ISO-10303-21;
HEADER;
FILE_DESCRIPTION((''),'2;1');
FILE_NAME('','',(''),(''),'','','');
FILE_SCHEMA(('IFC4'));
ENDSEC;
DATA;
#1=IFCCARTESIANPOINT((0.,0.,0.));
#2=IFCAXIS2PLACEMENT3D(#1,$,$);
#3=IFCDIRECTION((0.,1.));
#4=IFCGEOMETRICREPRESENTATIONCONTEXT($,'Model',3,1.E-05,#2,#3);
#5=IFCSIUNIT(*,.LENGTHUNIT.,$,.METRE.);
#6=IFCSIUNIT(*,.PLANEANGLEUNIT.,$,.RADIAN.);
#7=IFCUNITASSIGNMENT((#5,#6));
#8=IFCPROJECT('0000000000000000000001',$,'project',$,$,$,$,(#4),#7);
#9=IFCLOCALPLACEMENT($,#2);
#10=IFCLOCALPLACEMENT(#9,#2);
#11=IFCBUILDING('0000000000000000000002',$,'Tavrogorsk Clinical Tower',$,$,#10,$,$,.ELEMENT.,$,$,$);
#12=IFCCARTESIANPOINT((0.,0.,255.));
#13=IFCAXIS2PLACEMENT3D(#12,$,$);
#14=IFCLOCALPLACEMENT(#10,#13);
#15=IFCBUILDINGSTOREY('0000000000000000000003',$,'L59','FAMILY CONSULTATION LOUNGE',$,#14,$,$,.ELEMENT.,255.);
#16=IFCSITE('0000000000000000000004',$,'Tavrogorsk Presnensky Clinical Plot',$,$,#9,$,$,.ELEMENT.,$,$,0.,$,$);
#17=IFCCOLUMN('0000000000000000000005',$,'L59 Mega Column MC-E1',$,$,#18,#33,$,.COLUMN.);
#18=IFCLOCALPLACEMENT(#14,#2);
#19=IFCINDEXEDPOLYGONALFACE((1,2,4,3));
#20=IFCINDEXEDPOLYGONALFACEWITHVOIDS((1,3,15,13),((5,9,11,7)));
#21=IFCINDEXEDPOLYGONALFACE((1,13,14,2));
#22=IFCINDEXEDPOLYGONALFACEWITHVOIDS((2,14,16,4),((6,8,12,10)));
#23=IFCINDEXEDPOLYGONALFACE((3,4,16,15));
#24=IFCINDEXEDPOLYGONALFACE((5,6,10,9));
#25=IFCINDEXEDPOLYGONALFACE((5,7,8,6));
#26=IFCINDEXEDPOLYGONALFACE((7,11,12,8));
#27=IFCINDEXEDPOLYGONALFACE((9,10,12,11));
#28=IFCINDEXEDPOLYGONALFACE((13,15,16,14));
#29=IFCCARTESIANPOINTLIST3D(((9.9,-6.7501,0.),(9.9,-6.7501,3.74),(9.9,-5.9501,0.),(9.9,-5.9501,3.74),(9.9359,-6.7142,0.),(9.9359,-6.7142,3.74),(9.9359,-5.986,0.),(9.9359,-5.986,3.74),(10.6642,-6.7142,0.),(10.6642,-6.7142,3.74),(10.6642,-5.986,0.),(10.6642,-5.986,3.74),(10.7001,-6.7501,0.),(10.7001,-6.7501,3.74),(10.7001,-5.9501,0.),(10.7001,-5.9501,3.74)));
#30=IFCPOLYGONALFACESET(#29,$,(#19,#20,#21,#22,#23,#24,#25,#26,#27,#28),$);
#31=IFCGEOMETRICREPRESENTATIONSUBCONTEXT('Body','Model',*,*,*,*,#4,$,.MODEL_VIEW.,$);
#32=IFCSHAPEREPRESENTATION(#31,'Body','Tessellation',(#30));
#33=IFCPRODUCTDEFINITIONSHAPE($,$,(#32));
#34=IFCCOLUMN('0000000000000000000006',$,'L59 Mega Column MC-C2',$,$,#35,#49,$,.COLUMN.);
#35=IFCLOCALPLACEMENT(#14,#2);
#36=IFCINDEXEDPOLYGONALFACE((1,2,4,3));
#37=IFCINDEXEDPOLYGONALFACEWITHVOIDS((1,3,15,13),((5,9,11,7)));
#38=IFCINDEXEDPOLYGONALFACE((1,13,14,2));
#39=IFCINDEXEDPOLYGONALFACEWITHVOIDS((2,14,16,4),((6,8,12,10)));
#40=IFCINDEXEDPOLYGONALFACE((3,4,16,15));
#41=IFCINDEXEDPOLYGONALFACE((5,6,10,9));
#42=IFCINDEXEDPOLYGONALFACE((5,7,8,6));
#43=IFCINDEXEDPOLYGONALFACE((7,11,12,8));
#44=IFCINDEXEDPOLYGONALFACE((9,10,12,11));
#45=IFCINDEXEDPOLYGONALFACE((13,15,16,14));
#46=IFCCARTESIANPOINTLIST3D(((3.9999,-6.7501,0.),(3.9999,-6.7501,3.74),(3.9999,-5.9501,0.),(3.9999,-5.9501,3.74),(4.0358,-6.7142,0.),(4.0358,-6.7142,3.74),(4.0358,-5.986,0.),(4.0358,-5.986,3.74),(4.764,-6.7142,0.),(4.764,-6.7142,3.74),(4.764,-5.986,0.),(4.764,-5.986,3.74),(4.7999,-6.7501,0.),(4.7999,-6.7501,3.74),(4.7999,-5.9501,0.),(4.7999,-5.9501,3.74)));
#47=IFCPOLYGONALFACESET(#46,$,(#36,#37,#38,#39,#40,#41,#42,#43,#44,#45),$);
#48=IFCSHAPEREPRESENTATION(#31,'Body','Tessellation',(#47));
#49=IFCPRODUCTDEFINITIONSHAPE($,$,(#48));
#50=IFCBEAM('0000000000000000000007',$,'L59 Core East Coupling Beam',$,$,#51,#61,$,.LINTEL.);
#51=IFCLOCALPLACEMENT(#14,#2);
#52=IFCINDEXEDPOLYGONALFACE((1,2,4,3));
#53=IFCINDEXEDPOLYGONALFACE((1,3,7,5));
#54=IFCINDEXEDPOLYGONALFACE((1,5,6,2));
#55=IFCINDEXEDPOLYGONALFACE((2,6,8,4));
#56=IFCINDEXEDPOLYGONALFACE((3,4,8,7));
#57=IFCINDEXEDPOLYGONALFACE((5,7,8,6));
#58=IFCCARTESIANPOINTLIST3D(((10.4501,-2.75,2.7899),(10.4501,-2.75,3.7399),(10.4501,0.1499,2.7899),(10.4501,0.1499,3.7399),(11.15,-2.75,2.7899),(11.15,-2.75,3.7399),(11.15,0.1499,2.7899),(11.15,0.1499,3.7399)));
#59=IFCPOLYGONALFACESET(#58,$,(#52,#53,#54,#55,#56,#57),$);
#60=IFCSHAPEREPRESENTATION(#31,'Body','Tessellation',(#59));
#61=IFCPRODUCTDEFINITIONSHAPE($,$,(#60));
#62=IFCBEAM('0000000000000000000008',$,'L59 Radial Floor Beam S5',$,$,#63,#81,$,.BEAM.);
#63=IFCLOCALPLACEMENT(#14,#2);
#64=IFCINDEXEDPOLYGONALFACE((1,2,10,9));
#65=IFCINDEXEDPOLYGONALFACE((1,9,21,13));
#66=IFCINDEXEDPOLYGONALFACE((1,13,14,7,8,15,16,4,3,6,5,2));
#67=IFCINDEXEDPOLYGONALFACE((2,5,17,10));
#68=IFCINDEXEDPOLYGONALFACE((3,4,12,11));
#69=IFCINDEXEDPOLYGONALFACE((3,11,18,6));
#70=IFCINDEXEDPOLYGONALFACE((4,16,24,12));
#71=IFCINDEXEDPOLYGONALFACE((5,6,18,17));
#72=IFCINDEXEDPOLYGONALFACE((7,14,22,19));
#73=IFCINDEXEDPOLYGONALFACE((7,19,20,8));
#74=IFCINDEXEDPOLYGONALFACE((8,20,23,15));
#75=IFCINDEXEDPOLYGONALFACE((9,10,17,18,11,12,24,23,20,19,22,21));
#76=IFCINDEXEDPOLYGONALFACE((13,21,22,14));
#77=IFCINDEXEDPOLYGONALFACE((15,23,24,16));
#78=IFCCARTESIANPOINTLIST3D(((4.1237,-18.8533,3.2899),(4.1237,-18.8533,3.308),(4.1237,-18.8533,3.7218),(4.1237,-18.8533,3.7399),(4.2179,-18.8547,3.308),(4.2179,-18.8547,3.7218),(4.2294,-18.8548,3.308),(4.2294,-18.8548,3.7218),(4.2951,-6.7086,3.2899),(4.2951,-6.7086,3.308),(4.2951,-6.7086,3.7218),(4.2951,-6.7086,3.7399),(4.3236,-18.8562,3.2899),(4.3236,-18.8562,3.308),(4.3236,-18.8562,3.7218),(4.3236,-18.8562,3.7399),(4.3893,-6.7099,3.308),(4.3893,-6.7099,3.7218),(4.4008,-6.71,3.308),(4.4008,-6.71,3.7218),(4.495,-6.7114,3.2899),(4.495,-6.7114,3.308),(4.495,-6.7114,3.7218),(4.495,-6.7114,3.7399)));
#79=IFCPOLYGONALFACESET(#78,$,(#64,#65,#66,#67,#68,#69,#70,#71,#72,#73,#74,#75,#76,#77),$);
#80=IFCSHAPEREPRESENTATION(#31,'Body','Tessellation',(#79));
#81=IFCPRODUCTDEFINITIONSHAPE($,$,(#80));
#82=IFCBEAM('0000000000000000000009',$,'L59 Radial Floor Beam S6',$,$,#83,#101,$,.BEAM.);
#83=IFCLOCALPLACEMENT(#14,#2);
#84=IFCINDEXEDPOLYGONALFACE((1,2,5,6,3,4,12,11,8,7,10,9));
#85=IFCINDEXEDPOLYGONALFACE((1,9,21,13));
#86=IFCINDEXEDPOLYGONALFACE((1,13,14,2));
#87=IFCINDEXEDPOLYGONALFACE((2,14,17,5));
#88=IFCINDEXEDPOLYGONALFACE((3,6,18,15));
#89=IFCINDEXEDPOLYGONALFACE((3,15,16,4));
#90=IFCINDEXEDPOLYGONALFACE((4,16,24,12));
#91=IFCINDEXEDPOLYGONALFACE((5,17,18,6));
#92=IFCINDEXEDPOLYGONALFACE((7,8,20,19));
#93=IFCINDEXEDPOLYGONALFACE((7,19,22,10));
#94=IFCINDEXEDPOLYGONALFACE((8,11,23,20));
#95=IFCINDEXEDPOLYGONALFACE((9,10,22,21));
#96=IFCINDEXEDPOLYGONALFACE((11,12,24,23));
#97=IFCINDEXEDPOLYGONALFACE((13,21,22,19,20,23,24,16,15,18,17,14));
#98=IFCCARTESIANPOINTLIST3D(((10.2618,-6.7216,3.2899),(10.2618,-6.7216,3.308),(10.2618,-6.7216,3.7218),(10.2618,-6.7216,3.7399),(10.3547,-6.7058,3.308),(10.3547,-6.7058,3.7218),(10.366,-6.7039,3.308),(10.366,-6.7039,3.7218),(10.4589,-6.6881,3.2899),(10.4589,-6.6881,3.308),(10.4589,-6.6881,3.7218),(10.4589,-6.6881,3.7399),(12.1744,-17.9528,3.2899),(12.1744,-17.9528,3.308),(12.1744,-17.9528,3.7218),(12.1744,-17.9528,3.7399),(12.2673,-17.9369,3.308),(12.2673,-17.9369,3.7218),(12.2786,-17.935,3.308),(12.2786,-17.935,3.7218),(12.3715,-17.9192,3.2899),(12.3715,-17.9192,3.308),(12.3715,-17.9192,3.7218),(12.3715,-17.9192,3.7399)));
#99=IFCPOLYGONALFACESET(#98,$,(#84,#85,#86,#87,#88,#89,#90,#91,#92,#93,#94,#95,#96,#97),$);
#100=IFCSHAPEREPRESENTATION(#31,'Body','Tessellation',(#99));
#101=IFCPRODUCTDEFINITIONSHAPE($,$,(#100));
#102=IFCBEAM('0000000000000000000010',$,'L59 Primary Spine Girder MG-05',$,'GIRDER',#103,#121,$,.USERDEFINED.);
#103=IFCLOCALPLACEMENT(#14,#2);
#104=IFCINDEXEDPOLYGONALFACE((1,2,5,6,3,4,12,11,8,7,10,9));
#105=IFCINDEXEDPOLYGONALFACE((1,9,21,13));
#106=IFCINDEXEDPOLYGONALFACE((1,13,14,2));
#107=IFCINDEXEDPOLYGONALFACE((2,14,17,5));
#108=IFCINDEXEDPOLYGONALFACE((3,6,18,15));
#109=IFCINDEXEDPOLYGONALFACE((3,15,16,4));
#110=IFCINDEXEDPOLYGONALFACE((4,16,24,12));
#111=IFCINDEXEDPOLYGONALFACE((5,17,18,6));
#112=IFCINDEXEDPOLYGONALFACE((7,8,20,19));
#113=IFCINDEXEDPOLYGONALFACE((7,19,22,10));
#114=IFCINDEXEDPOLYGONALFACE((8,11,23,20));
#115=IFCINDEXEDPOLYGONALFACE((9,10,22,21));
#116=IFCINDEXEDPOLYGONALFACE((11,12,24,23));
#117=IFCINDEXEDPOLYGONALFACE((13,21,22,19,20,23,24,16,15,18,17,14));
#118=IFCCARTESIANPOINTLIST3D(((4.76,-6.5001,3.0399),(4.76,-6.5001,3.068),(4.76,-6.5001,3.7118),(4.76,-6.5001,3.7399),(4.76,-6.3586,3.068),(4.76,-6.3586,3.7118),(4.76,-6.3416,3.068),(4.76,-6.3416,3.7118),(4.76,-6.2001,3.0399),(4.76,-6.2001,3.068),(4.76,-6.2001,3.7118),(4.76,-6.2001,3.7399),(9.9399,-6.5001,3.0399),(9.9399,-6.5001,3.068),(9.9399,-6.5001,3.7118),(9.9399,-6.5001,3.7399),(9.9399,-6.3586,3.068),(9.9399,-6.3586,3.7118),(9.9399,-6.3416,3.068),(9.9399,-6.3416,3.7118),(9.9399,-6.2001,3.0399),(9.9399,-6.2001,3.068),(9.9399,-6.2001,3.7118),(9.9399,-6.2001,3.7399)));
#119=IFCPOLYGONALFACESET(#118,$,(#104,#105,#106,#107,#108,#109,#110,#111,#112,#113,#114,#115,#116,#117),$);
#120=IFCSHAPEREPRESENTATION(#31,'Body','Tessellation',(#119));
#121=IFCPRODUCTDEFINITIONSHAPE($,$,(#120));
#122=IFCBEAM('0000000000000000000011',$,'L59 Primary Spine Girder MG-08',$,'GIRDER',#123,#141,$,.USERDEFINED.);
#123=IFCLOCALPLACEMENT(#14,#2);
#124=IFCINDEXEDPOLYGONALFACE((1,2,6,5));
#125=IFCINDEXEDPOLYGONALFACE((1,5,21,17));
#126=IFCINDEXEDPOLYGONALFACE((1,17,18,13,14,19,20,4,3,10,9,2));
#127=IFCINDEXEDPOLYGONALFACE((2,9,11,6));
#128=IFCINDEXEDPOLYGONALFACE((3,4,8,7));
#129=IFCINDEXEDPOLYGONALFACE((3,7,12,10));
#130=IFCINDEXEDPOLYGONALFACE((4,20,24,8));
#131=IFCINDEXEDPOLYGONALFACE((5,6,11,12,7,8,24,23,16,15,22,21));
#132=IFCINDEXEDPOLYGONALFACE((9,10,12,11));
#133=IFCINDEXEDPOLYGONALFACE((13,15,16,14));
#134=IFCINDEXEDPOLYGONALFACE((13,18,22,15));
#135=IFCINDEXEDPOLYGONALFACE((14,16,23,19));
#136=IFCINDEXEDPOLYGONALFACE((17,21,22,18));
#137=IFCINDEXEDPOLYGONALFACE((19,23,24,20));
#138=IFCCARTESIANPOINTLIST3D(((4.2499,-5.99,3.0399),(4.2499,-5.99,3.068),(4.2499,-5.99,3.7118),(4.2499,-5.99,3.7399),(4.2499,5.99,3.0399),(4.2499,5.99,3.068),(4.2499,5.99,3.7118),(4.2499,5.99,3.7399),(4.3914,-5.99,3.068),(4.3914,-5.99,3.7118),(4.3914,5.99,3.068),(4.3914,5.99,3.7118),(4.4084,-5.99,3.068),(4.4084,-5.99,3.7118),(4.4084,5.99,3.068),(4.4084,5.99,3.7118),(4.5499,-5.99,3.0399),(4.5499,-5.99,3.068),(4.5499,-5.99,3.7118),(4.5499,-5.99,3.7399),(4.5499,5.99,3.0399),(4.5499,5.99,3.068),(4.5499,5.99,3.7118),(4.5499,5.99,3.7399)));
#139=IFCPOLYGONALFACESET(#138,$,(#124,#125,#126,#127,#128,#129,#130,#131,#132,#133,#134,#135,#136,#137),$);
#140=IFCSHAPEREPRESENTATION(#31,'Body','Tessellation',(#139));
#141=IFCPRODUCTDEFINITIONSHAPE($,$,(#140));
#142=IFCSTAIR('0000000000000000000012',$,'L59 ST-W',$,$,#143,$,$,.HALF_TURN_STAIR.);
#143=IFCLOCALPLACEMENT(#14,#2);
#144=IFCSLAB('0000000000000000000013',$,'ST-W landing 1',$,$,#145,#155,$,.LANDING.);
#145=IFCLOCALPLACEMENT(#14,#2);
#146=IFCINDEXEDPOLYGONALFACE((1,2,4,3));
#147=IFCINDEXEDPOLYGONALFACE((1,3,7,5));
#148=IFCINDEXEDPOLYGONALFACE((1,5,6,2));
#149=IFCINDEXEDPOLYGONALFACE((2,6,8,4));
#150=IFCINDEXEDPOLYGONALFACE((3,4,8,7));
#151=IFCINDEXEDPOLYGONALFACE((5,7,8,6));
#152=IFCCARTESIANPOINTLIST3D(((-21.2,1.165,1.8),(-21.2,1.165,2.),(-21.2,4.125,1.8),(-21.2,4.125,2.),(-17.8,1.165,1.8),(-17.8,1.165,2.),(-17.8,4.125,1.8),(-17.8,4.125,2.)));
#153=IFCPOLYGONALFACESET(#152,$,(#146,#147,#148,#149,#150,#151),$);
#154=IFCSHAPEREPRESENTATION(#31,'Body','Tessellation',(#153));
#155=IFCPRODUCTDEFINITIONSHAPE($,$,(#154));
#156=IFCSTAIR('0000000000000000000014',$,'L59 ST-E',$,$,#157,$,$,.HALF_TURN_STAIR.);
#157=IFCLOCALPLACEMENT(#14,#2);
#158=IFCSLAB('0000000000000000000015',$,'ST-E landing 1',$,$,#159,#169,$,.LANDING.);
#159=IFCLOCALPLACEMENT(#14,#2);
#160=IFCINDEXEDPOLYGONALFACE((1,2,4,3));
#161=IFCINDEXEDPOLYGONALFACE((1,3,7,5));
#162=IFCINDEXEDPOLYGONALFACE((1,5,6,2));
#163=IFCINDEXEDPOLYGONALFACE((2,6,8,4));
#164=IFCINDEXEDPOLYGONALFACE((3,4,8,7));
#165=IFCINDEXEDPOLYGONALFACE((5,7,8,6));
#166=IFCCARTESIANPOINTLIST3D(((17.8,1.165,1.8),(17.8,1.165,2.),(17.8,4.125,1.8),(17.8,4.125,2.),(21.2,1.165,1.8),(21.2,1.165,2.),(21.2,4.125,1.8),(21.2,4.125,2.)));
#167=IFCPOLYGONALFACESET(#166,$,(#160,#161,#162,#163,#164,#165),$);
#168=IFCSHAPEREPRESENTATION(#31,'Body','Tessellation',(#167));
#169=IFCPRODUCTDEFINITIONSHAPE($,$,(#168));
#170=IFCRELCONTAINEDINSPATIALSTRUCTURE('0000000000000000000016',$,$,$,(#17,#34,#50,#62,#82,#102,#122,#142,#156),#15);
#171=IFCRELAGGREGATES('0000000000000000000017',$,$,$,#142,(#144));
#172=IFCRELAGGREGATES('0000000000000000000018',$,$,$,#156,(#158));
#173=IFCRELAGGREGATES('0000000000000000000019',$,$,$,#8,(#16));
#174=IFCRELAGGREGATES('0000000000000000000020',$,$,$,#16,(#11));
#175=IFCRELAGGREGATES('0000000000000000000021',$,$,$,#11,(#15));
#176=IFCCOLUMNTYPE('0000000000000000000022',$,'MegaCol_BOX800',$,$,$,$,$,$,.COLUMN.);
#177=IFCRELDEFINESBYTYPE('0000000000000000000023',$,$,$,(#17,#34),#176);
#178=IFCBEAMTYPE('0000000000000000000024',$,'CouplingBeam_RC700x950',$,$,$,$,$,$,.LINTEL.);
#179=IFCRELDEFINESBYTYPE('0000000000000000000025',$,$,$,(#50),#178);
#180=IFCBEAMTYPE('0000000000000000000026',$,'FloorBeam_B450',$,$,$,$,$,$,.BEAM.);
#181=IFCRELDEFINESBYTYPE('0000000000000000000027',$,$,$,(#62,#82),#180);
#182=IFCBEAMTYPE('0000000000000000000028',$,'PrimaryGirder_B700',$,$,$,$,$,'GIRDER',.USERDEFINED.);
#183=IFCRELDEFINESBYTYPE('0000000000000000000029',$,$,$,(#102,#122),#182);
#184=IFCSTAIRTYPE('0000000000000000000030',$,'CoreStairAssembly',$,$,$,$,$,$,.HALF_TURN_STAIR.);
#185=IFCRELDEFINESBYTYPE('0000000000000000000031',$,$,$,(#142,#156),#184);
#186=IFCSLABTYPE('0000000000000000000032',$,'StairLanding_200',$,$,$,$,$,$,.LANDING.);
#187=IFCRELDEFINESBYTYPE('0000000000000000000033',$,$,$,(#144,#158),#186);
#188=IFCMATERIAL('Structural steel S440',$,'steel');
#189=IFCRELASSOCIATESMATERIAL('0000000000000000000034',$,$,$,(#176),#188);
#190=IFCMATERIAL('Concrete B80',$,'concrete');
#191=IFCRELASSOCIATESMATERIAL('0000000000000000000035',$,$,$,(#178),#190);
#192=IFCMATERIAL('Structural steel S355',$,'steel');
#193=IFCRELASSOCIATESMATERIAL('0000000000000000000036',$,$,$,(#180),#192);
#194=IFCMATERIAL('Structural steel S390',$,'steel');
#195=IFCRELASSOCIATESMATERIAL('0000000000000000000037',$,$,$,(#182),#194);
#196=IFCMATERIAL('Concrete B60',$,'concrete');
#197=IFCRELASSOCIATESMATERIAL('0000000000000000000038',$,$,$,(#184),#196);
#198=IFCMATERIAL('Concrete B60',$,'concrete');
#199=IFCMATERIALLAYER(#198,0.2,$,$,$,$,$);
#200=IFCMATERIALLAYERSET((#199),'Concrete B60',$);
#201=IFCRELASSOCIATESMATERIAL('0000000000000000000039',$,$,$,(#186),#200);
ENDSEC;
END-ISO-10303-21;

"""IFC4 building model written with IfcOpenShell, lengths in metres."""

from ifc_helpers import new_model, si_unit, direction, frame, origin, origin_2d, place, context, subcontext, project, spatial, polyline, rectangle, hollow_rectangle, i_section, outline, extrude, material, layer, layer_set, material_profile, profile_set, type_object, element, aggregate, save


model = new_model("IFC4")

# Units and contexts
model_context = context("Model", 3, precision=1e-05, world=origin(), true_north=direction((0.0, 1.0)))
body_context = subcontext(model_context, "Body", "Model", "MODEL_VIEW")
ifc_project = project(units=[si_unit("LENGTHUNIT", "METRE"), si_unit("PLANEANGLEUNIT", "RADIAN")], contexts=[model_context])

# Site, building, storey
site_placement = place(None, origin())
site = spatial("IfcSite", under=ifc_project, at=site_placement, Name="Tavrogorsk Presnensky Clinical Plot", CompositionType="ELEMENT", RefElevation=0.0)
building_placement = place(site_placement, origin())
building = spatial("IfcBuilding", under=site, at=building_placement, Name="Tavrogorsk Clinical Tower", CompositionType="ELEMENT")
storey_placement = place(building_placement, frame((0.0, 0.0, 255.0)))
storey = spatial("IfcBuildingStorey", under=building, at=storey_placement, Name="L59", Description="FAMILY CONSULTATION LOUNGE", CompositionType="ELEMENT", Elevation=255.0)

# Columns
ifc_material_1 = material(Name="Structural steel S440", Category="steel")
ifc_material_profile_1 = material_profile(ifc_material_1, hollow_rectangle(XDim=0.8, YDim=0.8, WallThickness=0.0359, at=origin_2d()), Name="BOX-800x800x36")
ifc_profile_set_1 = profile_set([ifc_material_profile_1], Name="Structural steel S440")
column_type = type_object("IfcColumnType", Name="MegaCol_BOX800", PredefinedType="COLUMN", material=ifc_profile_set_1)
for number, where, z_axis, x_axis, name in (
    (1, (10.3, -6.3501, 0.0), (0.0, 0.0, 1.0), (1.0, 0.0, 0.0), "L59 Mega Column MC-E1"),
    (2, (4.3999, -6.3501, 0.0), (0.0, 0.0, 1.0), (1.0, 0.0, 0.0), "L59 Mega Column MC-C2"),
):
    element("IfcColumn", number, at=place(storey_placement, frame(where, z_axis=z_axis, x_axis=x_axis)), inside=storey, type_object=column_type, Name=name, PredefinedType="COLUMN", context=body_context, shape_type="SweptSolid", body=[
        extrude(hollow_rectangle(XDim=0.8, YDim=0.8, WallThickness=0.0359, at=origin_2d()), origin(), (0.0, 0.0, 1.0), 3.74),
    ])

# Beams
ifc_material_2 = material(Name="Concrete B80", Category="concrete")
ifc_material_profile_2 = material_profile(ifc_material_2, rectangle(XDim=0.7, YDim=0.95, at=origin_2d()), Name="RC-CB-700x950")
ifc_profile_set_2 = profile_set([ifc_material_profile_2], Name="Concrete B80")
beam_type_1 = type_object("IfcBeamType", Name="CouplingBeam_RC700x950", PredefinedType="LINTEL", material=ifc_profile_set_2)
beam_1_placement = place(storey_placement, frame((10.8, -2.75, 3.2649), z_axis=(0.0, 1.0, 0.0), x_axis=(-1.0, 0.0, 0.0)))
element("IfcBeam", 3, at=beam_1_placement, inside=storey, type_object=beam_type_1, Name="L59 Core East Coupling Beam", PredefinedType="LINTEL", context=body_context, shape_type="SweptSolid", body=[
    extrude(rectangle(XDim=0.7, YDim=0.95, at=origin_2d()), origin(), (0.0, 0.0, 1.0), 2.8999),
])
ifc_material_3 = material(Name="Structural steel S355", Category="steel")
ifc_material_profile_3 = material_profile(ifc_material_3, i_section(OverallWidth=0.2, OverallDepth=0.45, WebThickness=0.0115, FlangeThickness=0.0181, at=origin_2d()), Name="B-450x200x11.5x18")
ifc_profile_set_3 = profile_set([ifc_material_profile_3], Name="Structural steel S355")
beam_type_2 = type_object("IfcBeamType", Name="FloorBeam_B450", PredefinedType="BEAM", material=ifc_profile_set_3)
beam_2_placement = place(storey_placement, frame((4.395, -6.71, 3.5149), z_axis=(-0.014111, -0.9999, 0.0), x_axis=(0.9999, -0.014111, 0.0)))
element("IfcBeam", 4, at=beam_2_placement, inside=storey, type_object=beam_type_2, Name="L59 Radial Floor Beam S5", PredefinedType="BEAM", context=body_context, shape_type="SweptSolid", body=[
    extrude(i_section(OverallWidth=0.2, OverallDepth=0.45, WebThickness=0.0115, FlangeThickness=0.0181, at=origin_2d()), origin(), (0.0, 0.0, 1.0), 12.146),
])
beam_3_placement = place(storey_placement, frame((10.3604, -6.7048, 3.5149), z_axis=(0.167876, -0.985808, 0.0), x_axis=(0.985808, 0.167876, 0.0)))
element("IfcBeam", 5, at=beam_3_placement, inside=storey, type_object=beam_type_2, Name="L59 Radial Floor Beam S6", PredefinedType="BEAM", context=body_context, shape_type="SweptSolid", body=[
    extrude(i_section(OverallWidth=0.2, OverallDepth=0.45, WebThickness=0.0115, FlangeThickness=0.0181, at=origin_2d()), origin(), (0.0, 0.0, 1.0), 11.3928),
])
ifc_material_4 = material(Name="Structural steel S390", Category="steel")
ifc_material_profile_4 = material_profile(ifc_material_4, i_section(OverallWidth=0.3, OverallDepth=0.7, WebThickness=0.0171, FlangeThickness=0.0281, at=origin_2d()), Name="B-700x300x17x28")
ifc_profile_set_4 = profile_set([ifc_material_profile_4], Name="Structural steel S390")
beam_type_3 = type_object("IfcBeamType", Name="PrimaryGirder_B700", ElementType="GIRDER", PredefinedType="USERDEFINED", material=ifc_profile_set_4)
beam_4_placement = place(storey_placement, frame((4.76, -6.3501, 3.3899), z_axis=(1.0, 0.0, 0.0), x_axis=(0.0, 1.0, 0.0)))
element("IfcBeam", 6, at=beam_4_placement, inside=storey, type_object=beam_type_3, Name="L59 Primary Spine Girder MG-05", ObjectType="GIRDER", PredefinedType="USERDEFINED", context=body_context, shape_type="SweptSolid", body=[
    extrude(i_section(OverallWidth=0.3, OverallDepth=0.7, WebThickness=0.0171, FlangeThickness=0.0281, at=origin_2d()), origin(), (0.0, 0.0, 1.0), 5.1799),
])
beam_5_placement = place(storey_placement, frame((4.3999, -5.99, 3.3899), z_axis=(0.0, 1.0, 0.0), x_axis=(-1.0, 0.0, 0.0)))
element("IfcBeam", 7, at=beam_5_placement, inside=storey, type_object=beam_type_3, Name="L59 Primary Spine Girder MG-08", ObjectType="GIRDER", PredefinedType="USERDEFINED", context=body_context, shape_type="SweptSolid", body=[
    extrude(i_section(OverallWidth=0.3, OverallDepth=0.7, WebThickness=0.0171, FlangeThickness=0.0281, at=origin_2d()), origin(), (0.0, 0.0, 1.0), 11.98),
])

# Stairs, slabs
ifc_material_5 = material(Name="Concrete B60", Category="concrete")
stair_type = type_object("IfcStairType", Name="CoreStairAssembly", PredefinedType="HALF_TURN_STAIR", material=ifc_material_5)
stair_1_placement = place(storey_placement, origin())
stair_1 = element("IfcStair", 8, at=stair_1_placement, inside=storey, type_object=stair_type, Name="L59 ST-W", PredefinedType="HALF_TURN_STAIR")
ifc_material_6 = material(Name="Concrete B60", Category="concrete")
ifc_layer_1 = layer(ifc_material_6, 0.2)
ifc_layer_set_1 = layer_set([ifc_layer_1], Name="Concrete B60")
slab_type_1 = type_object("IfcSlabType", Name="StairLanding_200", PredefinedType="LANDING", material=ifc_layer_set_1)
slab_1_placement = place(storey_placement, frame((0.0, 0.0, 1.8)))
slab_1 = element("IfcSlab", 9, at=slab_1_placement, type_object=slab_type_1, Name="ST-W landing 1", PredefinedType="LANDING", context=body_context, shape_type="SweptSolid", body=[
    extrude(outline(polyline([(-17.8, 1.165), (-17.8, 4.125), (-21.2, 4.125), (-21.2, 1.165), (-17.8, 1.165)])), origin(), (0.0, 0.0, 1.0), 0.2),
])
aggregate(stair_1, [slab_1])
stair_2_placement = place(storey_placement, origin())
stair_2 = element("IfcStair", 10, at=stair_2_placement, inside=storey, type_object=stair_type, Name="L59 ST-E", PredefinedType="HALF_TURN_STAIR")
slab_2_placement = place(storey_placement, frame((0.0, 0.0, 1.8)))
slab_2 = element("IfcSlab", 11, at=slab_2_placement, type_object=slab_type_1, Name="ST-E landing 1", PredefinedType="LANDING", context=body_context, shape_type="SweptSolid", body=[
    extrude(outline(polyline([(21.2, 1.165), (21.2, 4.125), (17.8, 4.125), (17.8, 1.165), (21.2, 1.165)])), origin(), (0.0, 0.0, 1.0), 0.2),
])
aggregate(stair_2, [slab_2])

save(model, "model.ifc")
